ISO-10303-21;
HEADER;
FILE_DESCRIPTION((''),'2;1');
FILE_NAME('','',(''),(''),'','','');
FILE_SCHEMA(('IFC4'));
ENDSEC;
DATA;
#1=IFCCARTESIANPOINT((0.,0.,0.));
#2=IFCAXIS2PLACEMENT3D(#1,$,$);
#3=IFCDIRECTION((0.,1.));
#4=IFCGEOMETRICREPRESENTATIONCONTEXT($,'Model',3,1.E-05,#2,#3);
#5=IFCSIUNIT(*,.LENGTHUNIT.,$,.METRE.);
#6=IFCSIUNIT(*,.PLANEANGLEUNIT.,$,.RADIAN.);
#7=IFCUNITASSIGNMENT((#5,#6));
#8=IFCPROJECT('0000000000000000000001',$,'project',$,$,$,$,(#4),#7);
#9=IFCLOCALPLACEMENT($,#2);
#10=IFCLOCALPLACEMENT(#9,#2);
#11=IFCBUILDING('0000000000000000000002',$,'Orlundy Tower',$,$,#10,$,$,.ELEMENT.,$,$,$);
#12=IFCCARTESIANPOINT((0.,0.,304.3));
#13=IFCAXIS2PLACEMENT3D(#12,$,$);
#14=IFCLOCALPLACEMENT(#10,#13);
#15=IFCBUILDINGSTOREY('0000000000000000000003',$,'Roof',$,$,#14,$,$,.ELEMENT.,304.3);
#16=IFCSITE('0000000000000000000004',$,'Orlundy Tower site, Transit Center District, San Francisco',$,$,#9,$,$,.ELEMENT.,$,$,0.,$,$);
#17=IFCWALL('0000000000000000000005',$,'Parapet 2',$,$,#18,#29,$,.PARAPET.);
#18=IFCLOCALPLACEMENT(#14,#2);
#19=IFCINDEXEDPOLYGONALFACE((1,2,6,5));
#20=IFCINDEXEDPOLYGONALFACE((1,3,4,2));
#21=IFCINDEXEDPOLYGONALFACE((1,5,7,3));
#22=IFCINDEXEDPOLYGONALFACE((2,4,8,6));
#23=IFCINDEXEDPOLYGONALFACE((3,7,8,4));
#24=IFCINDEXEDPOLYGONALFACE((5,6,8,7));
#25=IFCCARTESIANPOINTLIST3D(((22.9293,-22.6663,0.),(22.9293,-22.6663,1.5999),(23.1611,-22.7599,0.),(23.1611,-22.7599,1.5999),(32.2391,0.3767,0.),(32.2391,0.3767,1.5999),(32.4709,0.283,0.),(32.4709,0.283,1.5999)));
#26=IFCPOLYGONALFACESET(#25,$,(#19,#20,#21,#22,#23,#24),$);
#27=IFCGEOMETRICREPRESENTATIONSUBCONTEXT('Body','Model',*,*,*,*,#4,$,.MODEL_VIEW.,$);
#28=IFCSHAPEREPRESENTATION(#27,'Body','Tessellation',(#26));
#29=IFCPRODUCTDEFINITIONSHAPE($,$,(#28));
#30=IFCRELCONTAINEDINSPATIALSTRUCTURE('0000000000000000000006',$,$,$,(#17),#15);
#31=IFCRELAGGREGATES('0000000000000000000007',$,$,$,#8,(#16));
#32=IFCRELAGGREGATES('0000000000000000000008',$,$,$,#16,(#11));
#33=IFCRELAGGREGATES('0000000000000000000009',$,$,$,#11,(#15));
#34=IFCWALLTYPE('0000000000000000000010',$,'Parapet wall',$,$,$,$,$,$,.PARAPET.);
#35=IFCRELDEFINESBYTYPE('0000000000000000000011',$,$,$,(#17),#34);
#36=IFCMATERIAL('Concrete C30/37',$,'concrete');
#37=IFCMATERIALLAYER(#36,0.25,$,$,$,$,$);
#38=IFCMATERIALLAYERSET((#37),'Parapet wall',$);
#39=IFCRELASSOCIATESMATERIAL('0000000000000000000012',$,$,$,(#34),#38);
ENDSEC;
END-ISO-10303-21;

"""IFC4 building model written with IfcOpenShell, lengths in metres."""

from ifc_helpers import new_model, si_unit, direction, frame, frame_2d, origin, place, context, subcontext, project, spatial, rectangle, extrude, material, layer, layer_set, type_object, element, save


model = new_model("IFC4")

# Units and contexts
model_context = context("Model", 3, precision=1e-05, world=origin(), true_north=direction((0.0, 1.0)))
body_context = subcontext(model_context, "Body", "Model", "MODEL_VIEW")
ifc_project = project(units=[si_unit("LENGTHUNIT", "METRE"), si_unit("PLANEANGLEUNIT", "RADIAN")], contexts=[model_context])

# Site, building, storey
site_placement = place(None, origin())
site = spatial("IfcSite", under=ifc_project, at=site_placement, Name="Orlundy Tower site, Transit Center District, San Francisco", CompositionType="ELEMENT", RefElevation=0.0)
building_placement = place(site_placement, origin())
building = spatial("IfcBuilding", under=site, at=building_placement, Name="Orlundy Tower", CompositionType="ELEMENT")
storey_placement = place(building_placement, frame((0.0, 0.0, 304.3)))
storey = spatial("IfcBuildingStorey", under=building, at=storey_placement, Name="Roof", CompositionType="ELEMENT", Elevation=304.3)

# Wall
ifc_material_1 = material(Name="Concrete C30/37", Category="concrete")
ifc_layer_1 = layer(ifc_material_1, 0.25)
ifc_layer_set_1 = layer_set([ifc_layer_1], Name="Parapet wall")
wall_type = type_object("IfcWallType", Name="Parapet wall", PredefinedType="PARAPET", material=ifc_layer_set_1)
wall_1_placement = place(storey_placement, frame((32.355, 0.3298, 0.0), z_axis=(0.0, 0.0, 1.0), x_axis=(-0.374601, -0.927186, 0.0)))
element("IfcWall", 1, at=wall_1_placement, inside=storey, type_object=wall_type, Name="Parapet 2", PredefinedType="PARAPET", context=body_context, shape_type="SweptSolid", body=[
    extrude(rectangle(XDim=24.8525, YDim=0.25, at=frame_2d((12.4263, 0.0))), origin(), (0.0, 0.0, 1.0), 1.5999),
])

save(model, "model.ifc")
